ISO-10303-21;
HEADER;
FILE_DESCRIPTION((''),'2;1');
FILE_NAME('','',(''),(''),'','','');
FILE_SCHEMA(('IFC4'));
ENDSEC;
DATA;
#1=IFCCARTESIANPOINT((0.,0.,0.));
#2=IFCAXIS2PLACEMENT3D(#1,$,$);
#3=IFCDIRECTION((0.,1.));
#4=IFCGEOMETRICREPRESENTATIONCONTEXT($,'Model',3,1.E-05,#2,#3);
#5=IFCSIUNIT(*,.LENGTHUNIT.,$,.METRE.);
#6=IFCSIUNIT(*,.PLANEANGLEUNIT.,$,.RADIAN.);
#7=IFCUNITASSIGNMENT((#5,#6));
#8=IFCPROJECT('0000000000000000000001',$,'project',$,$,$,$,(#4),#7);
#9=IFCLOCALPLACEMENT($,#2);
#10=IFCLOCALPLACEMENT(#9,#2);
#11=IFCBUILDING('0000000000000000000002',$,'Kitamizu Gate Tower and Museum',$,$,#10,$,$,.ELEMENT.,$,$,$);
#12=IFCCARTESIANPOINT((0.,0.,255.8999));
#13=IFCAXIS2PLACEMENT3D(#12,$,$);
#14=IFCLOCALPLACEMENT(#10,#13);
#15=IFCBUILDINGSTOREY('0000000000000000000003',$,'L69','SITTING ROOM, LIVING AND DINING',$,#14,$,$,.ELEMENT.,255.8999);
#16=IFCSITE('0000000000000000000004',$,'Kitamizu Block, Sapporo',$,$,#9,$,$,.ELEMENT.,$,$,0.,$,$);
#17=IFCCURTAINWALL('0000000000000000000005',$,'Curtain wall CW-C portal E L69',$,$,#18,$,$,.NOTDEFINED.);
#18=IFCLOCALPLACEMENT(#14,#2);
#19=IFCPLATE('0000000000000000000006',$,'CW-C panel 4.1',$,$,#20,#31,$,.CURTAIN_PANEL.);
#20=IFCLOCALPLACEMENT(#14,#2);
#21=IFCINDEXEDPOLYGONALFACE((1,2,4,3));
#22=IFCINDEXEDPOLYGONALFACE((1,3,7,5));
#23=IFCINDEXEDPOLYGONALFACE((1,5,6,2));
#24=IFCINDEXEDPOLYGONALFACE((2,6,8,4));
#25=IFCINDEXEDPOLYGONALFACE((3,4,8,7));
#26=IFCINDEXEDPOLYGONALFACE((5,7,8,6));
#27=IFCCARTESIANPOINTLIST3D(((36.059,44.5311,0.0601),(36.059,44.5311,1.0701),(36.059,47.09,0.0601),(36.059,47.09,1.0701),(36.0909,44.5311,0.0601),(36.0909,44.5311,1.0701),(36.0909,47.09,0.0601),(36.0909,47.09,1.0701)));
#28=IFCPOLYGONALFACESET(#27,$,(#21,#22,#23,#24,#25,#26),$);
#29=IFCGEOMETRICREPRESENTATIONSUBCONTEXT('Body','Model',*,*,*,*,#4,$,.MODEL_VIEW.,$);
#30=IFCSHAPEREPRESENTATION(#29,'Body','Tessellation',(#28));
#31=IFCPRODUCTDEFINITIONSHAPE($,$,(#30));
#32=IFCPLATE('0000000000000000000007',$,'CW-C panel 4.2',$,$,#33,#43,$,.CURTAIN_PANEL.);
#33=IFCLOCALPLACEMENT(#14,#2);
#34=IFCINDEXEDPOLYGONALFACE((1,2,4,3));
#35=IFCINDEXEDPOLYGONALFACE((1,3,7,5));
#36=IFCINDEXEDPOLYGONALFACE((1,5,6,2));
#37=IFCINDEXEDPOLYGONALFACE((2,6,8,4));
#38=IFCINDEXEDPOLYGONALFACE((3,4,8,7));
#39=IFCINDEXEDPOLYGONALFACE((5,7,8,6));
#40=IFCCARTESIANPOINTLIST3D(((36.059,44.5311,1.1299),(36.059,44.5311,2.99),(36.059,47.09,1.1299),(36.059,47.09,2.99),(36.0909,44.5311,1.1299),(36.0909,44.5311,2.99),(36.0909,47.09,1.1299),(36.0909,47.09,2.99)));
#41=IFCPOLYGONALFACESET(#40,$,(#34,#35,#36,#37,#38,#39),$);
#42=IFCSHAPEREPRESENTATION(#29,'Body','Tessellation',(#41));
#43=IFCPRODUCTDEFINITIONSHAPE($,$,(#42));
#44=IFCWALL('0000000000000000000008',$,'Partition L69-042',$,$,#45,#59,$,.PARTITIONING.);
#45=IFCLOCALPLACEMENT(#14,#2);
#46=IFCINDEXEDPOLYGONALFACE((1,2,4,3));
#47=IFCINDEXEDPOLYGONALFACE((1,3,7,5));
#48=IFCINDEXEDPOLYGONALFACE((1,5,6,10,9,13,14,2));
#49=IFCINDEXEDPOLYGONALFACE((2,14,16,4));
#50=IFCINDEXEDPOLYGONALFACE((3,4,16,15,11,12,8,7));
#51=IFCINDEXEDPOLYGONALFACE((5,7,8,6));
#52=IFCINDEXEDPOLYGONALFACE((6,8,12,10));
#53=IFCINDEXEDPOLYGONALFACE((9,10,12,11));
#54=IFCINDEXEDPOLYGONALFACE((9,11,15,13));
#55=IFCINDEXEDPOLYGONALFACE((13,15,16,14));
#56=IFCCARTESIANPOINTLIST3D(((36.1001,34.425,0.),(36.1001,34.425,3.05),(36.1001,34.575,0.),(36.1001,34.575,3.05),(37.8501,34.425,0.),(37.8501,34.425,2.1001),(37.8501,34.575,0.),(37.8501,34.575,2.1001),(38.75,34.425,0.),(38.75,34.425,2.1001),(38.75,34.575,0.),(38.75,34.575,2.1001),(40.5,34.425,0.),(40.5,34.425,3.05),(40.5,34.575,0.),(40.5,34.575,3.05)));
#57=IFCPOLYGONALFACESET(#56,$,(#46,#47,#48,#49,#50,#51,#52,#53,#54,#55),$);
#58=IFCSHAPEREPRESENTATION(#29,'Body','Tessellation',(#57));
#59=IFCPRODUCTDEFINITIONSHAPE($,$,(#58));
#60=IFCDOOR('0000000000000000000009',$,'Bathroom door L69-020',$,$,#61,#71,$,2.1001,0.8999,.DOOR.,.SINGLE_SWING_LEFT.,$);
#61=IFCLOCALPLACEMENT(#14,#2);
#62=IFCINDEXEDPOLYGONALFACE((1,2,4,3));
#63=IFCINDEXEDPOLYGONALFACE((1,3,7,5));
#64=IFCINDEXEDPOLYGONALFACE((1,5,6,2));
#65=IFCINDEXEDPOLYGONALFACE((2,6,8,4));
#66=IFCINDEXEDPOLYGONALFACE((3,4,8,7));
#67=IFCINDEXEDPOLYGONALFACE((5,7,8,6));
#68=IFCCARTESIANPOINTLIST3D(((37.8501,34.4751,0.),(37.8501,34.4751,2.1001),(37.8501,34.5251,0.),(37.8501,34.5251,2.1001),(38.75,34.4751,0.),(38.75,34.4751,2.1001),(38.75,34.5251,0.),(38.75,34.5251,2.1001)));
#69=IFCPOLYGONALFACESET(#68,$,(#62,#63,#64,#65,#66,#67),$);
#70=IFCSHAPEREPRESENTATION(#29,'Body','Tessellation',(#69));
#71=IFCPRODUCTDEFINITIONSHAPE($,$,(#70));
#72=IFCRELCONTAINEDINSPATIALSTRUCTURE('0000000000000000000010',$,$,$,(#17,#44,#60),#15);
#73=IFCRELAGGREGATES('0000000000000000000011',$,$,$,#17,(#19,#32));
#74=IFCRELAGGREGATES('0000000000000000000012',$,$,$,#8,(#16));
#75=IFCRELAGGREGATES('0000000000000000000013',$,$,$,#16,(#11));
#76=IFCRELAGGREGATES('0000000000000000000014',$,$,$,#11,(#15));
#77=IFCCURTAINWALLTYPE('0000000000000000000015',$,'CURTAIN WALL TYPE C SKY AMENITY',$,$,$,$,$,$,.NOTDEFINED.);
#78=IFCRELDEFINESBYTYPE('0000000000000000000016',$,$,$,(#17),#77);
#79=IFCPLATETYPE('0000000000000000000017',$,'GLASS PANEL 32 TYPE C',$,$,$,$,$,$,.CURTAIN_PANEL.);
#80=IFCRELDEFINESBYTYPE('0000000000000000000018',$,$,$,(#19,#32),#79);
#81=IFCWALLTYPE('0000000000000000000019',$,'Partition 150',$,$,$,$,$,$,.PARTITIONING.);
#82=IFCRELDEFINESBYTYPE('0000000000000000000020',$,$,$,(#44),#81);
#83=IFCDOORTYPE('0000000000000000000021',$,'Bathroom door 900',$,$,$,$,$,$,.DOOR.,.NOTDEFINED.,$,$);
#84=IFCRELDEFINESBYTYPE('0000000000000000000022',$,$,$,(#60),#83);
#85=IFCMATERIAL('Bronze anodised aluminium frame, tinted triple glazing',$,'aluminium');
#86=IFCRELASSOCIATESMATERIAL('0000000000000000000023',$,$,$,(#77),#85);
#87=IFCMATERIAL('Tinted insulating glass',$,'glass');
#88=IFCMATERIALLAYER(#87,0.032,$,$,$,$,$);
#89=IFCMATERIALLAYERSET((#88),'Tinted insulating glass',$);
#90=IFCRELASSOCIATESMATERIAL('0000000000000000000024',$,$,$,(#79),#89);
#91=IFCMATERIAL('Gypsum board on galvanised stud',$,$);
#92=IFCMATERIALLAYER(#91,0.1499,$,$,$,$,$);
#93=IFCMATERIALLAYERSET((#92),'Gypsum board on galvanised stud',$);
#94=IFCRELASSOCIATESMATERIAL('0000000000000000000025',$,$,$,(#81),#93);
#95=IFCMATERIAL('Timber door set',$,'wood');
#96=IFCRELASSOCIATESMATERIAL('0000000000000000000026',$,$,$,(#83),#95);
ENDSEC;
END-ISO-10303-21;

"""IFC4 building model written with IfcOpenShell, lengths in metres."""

from ifc_helpers import new_model, si_unit, direction, frame, frame_2d, origin, origin_2d, place, context, subcontext, project, spatial, rectangle, extrude, material, layer, layer_set, type_object, element, fill, aggregate, save


model = new_model("IFC4")

# Units and contexts
model_context = context("Model", 3, precision=1e-05, world=origin(), true_north=direction((0.0, 1.0)))
body_context = subcontext(model_context, "Body", "Model", "MODEL_VIEW")
ifc_project = project(units=[si_unit("LENGTHUNIT", "METRE"), si_unit("PLANEANGLEUNIT", "RADIAN")], contexts=[model_context])

# Site, building, storey
site_placement = place(None, origin())
site = spatial("IfcSite", under=ifc_project, at=site_placement, Name="Kitamizu Block, Sapporo", CompositionType="ELEMENT", RefElevation=0.0)
building_placement = place(site_placement, origin())
building = spatial("IfcBuilding", under=site, at=building_placement, Name="Kitamizu Gate Tower and Museum", CompositionType="ELEMENT")
storey_placement = place(building_placement, frame((0.0, 0.0, 255.8999)))
storey = spatial("IfcBuildingStorey", under=building, at=storey_placement, Name="L69", Description="SITTING ROOM, LIVING AND DINING", CompositionType="ELEMENT", Elevation=255.8999)

# Curtain wall
ifc_material_1 = material(Name="Bronze anodised aluminium frame, tinted triple glazing", Category="aluminium")
curtain_wall_type = type_object("IfcCurtainWallType", Name="CURTAIN WALL TYPE C SKY AMENITY", PredefinedType="NOTDEFINED", material=ifc_material_1)
curtain_wall_1_placement = place(storey_placement, origin())
curtain_wall_1 = element("IfcCurtainWall", 1, at=curtain_wall_1_placement, inside=storey, type_object=curtain_wall_type, Name="Curtain wall CW-C portal E L69", PredefinedType="NOTDEFINED")

# Plates
ifc_material_2 = material(Name="Tinted insulating glass", Category="glass")
ifc_layer_1 = layer(ifc_material_2, 0.032)
ifc_layer_set_1 = layer_set([ifc_layer_1], Name="Tinted insulating glass")
plate_type = type_object("IfcPlateType", Name="GLASS PANEL 32 TYPE C", PredefinedType="CURTAIN_PANEL", material=ifc_layer_set_1)
plate_1_placement = place(storey_placement, frame((36.075, 45.8105, 0.0601), z_axis=(0.0, 0.0, 1.0), x_axis=(0.0, 1.0, 0.0)))
plate_1 = element("IfcPlate", 2, at=plate_1_placement, type_object=plate_type, Name="CW-C panel 4.1", PredefinedType="CURTAIN_PANEL", context=body_context, shape_type="SweptSolid", body=[
    extrude(rectangle(XDim=2.5588, YDim=0.032, at=origin_2d()), origin(), (0.0, 0.0, 1.0), 1.01),
])
plate_2_placement = place(storey_placement, frame((36.075, 45.8105, 1.1299), z_axis=(0.0, 0.0, 1.0), x_axis=(0.0, 1.0, 0.0)))
plate_2 = element("IfcPlate", 3, at=plate_2_placement, type_object=plate_type, Name="CW-C panel 4.2", PredefinedType="CURTAIN_PANEL", context=body_context, shape_type="SweptSolid", body=[
    extrude(rectangle(XDim=2.5588, YDim=0.032, at=origin_2d()), origin(), (0.0, 0.0, 1.0), 1.8601),
])
aggregate(curtain_wall_1, [plate_1, plate_2])

# Wall, opening, door
ifc_material_3 = material(Name="Gypsum board on galvanised stud")
ifc_layer_2 = layer(ifc_material_3, 0.1499)
ifc_layer_set_2 = layer_set([ifc_layer_2], Name="Gypsum board on galvanised stud")
wall_type = type_object("IfcWallType", Name="Partition 150", PredefinedType="PARTITIONING", material=ifc_layer_set_2)
wall_placement = place(storey_placement, frame((36.1001, 34.5, 0.0), z_axis=(0.0, 0.0, 1.0), x_axis=(1.0, 0.0, 0.0)))
wall = element("IfcWall", 4, at=wall_placement, inside=storey, type_object=wall_type, Name="Partition L69-042", PredefinedType="PARTITIONING", context=body_context, shape_type="SweptSolid", body=[
    extrude(rectangle(XDim=4.3999, YDim=0.1499, at=frame_2d((2.2, 0.0))), origin(), (0.0, 0.0, 1.0), 3.05),
])
opening_placement = place(wall_placement, frame((1.75, 0.0, 0.0)))
opening = element("IfcOpeningElement", 5, at=opening_placement, cuts=wall, PredefinedType="OPENING", context=body_context, shape_type="SweptSolid", body=[
    extrude(rectangle(XDim=0.8999, YDim=2.1001, at=frame_2d((0.45, 1.05))), frame((0.0, 0.085, 0.0), z_axis=(0.0, -1.0, 0.0), x_axis=(1.0, 0.0, 0.0)), (0.0, 0.0, 1.0), 0.1699),
])
ifc_material_4 = material(Name="Timber door set", Category="wood")
door_type = type_object("IfcDoorType", Name="Bathroom door 900", OperationType="NOTDEFINED", PredefinedType="DOOR", material=ifc_material_4)
door_placement = place(opening_placement, frame((0.8999, 0.0, 0.0), x_axis=(-1.0, 0.0, 0.0)))
door = element("IfcDoor", 6, at=door_placement, inside=storey, type_object=door_type, Name="Bathroom door L69-020", OperationType="SINGLE_SWING_LEFT", OverallHeight=2.1001, OverallWidth=0.8999, PredefinedType="DOOR", context=body_context, shape_type="SweptSolid", body=[
    extrude(rectangle(XDim=0.8999, YDim=2.1001, at=frame_2d((0.45, 1.05))), frame((0.0, 0.0249, 0.0), z_axis=(0.0, -1.0, 0.0), x_axis=(1.0, 0.0, 0.0)), (0.0, 0.0, 1.0), 0.05),
])
fill(opening, door)

save(model, "model.ifc")
